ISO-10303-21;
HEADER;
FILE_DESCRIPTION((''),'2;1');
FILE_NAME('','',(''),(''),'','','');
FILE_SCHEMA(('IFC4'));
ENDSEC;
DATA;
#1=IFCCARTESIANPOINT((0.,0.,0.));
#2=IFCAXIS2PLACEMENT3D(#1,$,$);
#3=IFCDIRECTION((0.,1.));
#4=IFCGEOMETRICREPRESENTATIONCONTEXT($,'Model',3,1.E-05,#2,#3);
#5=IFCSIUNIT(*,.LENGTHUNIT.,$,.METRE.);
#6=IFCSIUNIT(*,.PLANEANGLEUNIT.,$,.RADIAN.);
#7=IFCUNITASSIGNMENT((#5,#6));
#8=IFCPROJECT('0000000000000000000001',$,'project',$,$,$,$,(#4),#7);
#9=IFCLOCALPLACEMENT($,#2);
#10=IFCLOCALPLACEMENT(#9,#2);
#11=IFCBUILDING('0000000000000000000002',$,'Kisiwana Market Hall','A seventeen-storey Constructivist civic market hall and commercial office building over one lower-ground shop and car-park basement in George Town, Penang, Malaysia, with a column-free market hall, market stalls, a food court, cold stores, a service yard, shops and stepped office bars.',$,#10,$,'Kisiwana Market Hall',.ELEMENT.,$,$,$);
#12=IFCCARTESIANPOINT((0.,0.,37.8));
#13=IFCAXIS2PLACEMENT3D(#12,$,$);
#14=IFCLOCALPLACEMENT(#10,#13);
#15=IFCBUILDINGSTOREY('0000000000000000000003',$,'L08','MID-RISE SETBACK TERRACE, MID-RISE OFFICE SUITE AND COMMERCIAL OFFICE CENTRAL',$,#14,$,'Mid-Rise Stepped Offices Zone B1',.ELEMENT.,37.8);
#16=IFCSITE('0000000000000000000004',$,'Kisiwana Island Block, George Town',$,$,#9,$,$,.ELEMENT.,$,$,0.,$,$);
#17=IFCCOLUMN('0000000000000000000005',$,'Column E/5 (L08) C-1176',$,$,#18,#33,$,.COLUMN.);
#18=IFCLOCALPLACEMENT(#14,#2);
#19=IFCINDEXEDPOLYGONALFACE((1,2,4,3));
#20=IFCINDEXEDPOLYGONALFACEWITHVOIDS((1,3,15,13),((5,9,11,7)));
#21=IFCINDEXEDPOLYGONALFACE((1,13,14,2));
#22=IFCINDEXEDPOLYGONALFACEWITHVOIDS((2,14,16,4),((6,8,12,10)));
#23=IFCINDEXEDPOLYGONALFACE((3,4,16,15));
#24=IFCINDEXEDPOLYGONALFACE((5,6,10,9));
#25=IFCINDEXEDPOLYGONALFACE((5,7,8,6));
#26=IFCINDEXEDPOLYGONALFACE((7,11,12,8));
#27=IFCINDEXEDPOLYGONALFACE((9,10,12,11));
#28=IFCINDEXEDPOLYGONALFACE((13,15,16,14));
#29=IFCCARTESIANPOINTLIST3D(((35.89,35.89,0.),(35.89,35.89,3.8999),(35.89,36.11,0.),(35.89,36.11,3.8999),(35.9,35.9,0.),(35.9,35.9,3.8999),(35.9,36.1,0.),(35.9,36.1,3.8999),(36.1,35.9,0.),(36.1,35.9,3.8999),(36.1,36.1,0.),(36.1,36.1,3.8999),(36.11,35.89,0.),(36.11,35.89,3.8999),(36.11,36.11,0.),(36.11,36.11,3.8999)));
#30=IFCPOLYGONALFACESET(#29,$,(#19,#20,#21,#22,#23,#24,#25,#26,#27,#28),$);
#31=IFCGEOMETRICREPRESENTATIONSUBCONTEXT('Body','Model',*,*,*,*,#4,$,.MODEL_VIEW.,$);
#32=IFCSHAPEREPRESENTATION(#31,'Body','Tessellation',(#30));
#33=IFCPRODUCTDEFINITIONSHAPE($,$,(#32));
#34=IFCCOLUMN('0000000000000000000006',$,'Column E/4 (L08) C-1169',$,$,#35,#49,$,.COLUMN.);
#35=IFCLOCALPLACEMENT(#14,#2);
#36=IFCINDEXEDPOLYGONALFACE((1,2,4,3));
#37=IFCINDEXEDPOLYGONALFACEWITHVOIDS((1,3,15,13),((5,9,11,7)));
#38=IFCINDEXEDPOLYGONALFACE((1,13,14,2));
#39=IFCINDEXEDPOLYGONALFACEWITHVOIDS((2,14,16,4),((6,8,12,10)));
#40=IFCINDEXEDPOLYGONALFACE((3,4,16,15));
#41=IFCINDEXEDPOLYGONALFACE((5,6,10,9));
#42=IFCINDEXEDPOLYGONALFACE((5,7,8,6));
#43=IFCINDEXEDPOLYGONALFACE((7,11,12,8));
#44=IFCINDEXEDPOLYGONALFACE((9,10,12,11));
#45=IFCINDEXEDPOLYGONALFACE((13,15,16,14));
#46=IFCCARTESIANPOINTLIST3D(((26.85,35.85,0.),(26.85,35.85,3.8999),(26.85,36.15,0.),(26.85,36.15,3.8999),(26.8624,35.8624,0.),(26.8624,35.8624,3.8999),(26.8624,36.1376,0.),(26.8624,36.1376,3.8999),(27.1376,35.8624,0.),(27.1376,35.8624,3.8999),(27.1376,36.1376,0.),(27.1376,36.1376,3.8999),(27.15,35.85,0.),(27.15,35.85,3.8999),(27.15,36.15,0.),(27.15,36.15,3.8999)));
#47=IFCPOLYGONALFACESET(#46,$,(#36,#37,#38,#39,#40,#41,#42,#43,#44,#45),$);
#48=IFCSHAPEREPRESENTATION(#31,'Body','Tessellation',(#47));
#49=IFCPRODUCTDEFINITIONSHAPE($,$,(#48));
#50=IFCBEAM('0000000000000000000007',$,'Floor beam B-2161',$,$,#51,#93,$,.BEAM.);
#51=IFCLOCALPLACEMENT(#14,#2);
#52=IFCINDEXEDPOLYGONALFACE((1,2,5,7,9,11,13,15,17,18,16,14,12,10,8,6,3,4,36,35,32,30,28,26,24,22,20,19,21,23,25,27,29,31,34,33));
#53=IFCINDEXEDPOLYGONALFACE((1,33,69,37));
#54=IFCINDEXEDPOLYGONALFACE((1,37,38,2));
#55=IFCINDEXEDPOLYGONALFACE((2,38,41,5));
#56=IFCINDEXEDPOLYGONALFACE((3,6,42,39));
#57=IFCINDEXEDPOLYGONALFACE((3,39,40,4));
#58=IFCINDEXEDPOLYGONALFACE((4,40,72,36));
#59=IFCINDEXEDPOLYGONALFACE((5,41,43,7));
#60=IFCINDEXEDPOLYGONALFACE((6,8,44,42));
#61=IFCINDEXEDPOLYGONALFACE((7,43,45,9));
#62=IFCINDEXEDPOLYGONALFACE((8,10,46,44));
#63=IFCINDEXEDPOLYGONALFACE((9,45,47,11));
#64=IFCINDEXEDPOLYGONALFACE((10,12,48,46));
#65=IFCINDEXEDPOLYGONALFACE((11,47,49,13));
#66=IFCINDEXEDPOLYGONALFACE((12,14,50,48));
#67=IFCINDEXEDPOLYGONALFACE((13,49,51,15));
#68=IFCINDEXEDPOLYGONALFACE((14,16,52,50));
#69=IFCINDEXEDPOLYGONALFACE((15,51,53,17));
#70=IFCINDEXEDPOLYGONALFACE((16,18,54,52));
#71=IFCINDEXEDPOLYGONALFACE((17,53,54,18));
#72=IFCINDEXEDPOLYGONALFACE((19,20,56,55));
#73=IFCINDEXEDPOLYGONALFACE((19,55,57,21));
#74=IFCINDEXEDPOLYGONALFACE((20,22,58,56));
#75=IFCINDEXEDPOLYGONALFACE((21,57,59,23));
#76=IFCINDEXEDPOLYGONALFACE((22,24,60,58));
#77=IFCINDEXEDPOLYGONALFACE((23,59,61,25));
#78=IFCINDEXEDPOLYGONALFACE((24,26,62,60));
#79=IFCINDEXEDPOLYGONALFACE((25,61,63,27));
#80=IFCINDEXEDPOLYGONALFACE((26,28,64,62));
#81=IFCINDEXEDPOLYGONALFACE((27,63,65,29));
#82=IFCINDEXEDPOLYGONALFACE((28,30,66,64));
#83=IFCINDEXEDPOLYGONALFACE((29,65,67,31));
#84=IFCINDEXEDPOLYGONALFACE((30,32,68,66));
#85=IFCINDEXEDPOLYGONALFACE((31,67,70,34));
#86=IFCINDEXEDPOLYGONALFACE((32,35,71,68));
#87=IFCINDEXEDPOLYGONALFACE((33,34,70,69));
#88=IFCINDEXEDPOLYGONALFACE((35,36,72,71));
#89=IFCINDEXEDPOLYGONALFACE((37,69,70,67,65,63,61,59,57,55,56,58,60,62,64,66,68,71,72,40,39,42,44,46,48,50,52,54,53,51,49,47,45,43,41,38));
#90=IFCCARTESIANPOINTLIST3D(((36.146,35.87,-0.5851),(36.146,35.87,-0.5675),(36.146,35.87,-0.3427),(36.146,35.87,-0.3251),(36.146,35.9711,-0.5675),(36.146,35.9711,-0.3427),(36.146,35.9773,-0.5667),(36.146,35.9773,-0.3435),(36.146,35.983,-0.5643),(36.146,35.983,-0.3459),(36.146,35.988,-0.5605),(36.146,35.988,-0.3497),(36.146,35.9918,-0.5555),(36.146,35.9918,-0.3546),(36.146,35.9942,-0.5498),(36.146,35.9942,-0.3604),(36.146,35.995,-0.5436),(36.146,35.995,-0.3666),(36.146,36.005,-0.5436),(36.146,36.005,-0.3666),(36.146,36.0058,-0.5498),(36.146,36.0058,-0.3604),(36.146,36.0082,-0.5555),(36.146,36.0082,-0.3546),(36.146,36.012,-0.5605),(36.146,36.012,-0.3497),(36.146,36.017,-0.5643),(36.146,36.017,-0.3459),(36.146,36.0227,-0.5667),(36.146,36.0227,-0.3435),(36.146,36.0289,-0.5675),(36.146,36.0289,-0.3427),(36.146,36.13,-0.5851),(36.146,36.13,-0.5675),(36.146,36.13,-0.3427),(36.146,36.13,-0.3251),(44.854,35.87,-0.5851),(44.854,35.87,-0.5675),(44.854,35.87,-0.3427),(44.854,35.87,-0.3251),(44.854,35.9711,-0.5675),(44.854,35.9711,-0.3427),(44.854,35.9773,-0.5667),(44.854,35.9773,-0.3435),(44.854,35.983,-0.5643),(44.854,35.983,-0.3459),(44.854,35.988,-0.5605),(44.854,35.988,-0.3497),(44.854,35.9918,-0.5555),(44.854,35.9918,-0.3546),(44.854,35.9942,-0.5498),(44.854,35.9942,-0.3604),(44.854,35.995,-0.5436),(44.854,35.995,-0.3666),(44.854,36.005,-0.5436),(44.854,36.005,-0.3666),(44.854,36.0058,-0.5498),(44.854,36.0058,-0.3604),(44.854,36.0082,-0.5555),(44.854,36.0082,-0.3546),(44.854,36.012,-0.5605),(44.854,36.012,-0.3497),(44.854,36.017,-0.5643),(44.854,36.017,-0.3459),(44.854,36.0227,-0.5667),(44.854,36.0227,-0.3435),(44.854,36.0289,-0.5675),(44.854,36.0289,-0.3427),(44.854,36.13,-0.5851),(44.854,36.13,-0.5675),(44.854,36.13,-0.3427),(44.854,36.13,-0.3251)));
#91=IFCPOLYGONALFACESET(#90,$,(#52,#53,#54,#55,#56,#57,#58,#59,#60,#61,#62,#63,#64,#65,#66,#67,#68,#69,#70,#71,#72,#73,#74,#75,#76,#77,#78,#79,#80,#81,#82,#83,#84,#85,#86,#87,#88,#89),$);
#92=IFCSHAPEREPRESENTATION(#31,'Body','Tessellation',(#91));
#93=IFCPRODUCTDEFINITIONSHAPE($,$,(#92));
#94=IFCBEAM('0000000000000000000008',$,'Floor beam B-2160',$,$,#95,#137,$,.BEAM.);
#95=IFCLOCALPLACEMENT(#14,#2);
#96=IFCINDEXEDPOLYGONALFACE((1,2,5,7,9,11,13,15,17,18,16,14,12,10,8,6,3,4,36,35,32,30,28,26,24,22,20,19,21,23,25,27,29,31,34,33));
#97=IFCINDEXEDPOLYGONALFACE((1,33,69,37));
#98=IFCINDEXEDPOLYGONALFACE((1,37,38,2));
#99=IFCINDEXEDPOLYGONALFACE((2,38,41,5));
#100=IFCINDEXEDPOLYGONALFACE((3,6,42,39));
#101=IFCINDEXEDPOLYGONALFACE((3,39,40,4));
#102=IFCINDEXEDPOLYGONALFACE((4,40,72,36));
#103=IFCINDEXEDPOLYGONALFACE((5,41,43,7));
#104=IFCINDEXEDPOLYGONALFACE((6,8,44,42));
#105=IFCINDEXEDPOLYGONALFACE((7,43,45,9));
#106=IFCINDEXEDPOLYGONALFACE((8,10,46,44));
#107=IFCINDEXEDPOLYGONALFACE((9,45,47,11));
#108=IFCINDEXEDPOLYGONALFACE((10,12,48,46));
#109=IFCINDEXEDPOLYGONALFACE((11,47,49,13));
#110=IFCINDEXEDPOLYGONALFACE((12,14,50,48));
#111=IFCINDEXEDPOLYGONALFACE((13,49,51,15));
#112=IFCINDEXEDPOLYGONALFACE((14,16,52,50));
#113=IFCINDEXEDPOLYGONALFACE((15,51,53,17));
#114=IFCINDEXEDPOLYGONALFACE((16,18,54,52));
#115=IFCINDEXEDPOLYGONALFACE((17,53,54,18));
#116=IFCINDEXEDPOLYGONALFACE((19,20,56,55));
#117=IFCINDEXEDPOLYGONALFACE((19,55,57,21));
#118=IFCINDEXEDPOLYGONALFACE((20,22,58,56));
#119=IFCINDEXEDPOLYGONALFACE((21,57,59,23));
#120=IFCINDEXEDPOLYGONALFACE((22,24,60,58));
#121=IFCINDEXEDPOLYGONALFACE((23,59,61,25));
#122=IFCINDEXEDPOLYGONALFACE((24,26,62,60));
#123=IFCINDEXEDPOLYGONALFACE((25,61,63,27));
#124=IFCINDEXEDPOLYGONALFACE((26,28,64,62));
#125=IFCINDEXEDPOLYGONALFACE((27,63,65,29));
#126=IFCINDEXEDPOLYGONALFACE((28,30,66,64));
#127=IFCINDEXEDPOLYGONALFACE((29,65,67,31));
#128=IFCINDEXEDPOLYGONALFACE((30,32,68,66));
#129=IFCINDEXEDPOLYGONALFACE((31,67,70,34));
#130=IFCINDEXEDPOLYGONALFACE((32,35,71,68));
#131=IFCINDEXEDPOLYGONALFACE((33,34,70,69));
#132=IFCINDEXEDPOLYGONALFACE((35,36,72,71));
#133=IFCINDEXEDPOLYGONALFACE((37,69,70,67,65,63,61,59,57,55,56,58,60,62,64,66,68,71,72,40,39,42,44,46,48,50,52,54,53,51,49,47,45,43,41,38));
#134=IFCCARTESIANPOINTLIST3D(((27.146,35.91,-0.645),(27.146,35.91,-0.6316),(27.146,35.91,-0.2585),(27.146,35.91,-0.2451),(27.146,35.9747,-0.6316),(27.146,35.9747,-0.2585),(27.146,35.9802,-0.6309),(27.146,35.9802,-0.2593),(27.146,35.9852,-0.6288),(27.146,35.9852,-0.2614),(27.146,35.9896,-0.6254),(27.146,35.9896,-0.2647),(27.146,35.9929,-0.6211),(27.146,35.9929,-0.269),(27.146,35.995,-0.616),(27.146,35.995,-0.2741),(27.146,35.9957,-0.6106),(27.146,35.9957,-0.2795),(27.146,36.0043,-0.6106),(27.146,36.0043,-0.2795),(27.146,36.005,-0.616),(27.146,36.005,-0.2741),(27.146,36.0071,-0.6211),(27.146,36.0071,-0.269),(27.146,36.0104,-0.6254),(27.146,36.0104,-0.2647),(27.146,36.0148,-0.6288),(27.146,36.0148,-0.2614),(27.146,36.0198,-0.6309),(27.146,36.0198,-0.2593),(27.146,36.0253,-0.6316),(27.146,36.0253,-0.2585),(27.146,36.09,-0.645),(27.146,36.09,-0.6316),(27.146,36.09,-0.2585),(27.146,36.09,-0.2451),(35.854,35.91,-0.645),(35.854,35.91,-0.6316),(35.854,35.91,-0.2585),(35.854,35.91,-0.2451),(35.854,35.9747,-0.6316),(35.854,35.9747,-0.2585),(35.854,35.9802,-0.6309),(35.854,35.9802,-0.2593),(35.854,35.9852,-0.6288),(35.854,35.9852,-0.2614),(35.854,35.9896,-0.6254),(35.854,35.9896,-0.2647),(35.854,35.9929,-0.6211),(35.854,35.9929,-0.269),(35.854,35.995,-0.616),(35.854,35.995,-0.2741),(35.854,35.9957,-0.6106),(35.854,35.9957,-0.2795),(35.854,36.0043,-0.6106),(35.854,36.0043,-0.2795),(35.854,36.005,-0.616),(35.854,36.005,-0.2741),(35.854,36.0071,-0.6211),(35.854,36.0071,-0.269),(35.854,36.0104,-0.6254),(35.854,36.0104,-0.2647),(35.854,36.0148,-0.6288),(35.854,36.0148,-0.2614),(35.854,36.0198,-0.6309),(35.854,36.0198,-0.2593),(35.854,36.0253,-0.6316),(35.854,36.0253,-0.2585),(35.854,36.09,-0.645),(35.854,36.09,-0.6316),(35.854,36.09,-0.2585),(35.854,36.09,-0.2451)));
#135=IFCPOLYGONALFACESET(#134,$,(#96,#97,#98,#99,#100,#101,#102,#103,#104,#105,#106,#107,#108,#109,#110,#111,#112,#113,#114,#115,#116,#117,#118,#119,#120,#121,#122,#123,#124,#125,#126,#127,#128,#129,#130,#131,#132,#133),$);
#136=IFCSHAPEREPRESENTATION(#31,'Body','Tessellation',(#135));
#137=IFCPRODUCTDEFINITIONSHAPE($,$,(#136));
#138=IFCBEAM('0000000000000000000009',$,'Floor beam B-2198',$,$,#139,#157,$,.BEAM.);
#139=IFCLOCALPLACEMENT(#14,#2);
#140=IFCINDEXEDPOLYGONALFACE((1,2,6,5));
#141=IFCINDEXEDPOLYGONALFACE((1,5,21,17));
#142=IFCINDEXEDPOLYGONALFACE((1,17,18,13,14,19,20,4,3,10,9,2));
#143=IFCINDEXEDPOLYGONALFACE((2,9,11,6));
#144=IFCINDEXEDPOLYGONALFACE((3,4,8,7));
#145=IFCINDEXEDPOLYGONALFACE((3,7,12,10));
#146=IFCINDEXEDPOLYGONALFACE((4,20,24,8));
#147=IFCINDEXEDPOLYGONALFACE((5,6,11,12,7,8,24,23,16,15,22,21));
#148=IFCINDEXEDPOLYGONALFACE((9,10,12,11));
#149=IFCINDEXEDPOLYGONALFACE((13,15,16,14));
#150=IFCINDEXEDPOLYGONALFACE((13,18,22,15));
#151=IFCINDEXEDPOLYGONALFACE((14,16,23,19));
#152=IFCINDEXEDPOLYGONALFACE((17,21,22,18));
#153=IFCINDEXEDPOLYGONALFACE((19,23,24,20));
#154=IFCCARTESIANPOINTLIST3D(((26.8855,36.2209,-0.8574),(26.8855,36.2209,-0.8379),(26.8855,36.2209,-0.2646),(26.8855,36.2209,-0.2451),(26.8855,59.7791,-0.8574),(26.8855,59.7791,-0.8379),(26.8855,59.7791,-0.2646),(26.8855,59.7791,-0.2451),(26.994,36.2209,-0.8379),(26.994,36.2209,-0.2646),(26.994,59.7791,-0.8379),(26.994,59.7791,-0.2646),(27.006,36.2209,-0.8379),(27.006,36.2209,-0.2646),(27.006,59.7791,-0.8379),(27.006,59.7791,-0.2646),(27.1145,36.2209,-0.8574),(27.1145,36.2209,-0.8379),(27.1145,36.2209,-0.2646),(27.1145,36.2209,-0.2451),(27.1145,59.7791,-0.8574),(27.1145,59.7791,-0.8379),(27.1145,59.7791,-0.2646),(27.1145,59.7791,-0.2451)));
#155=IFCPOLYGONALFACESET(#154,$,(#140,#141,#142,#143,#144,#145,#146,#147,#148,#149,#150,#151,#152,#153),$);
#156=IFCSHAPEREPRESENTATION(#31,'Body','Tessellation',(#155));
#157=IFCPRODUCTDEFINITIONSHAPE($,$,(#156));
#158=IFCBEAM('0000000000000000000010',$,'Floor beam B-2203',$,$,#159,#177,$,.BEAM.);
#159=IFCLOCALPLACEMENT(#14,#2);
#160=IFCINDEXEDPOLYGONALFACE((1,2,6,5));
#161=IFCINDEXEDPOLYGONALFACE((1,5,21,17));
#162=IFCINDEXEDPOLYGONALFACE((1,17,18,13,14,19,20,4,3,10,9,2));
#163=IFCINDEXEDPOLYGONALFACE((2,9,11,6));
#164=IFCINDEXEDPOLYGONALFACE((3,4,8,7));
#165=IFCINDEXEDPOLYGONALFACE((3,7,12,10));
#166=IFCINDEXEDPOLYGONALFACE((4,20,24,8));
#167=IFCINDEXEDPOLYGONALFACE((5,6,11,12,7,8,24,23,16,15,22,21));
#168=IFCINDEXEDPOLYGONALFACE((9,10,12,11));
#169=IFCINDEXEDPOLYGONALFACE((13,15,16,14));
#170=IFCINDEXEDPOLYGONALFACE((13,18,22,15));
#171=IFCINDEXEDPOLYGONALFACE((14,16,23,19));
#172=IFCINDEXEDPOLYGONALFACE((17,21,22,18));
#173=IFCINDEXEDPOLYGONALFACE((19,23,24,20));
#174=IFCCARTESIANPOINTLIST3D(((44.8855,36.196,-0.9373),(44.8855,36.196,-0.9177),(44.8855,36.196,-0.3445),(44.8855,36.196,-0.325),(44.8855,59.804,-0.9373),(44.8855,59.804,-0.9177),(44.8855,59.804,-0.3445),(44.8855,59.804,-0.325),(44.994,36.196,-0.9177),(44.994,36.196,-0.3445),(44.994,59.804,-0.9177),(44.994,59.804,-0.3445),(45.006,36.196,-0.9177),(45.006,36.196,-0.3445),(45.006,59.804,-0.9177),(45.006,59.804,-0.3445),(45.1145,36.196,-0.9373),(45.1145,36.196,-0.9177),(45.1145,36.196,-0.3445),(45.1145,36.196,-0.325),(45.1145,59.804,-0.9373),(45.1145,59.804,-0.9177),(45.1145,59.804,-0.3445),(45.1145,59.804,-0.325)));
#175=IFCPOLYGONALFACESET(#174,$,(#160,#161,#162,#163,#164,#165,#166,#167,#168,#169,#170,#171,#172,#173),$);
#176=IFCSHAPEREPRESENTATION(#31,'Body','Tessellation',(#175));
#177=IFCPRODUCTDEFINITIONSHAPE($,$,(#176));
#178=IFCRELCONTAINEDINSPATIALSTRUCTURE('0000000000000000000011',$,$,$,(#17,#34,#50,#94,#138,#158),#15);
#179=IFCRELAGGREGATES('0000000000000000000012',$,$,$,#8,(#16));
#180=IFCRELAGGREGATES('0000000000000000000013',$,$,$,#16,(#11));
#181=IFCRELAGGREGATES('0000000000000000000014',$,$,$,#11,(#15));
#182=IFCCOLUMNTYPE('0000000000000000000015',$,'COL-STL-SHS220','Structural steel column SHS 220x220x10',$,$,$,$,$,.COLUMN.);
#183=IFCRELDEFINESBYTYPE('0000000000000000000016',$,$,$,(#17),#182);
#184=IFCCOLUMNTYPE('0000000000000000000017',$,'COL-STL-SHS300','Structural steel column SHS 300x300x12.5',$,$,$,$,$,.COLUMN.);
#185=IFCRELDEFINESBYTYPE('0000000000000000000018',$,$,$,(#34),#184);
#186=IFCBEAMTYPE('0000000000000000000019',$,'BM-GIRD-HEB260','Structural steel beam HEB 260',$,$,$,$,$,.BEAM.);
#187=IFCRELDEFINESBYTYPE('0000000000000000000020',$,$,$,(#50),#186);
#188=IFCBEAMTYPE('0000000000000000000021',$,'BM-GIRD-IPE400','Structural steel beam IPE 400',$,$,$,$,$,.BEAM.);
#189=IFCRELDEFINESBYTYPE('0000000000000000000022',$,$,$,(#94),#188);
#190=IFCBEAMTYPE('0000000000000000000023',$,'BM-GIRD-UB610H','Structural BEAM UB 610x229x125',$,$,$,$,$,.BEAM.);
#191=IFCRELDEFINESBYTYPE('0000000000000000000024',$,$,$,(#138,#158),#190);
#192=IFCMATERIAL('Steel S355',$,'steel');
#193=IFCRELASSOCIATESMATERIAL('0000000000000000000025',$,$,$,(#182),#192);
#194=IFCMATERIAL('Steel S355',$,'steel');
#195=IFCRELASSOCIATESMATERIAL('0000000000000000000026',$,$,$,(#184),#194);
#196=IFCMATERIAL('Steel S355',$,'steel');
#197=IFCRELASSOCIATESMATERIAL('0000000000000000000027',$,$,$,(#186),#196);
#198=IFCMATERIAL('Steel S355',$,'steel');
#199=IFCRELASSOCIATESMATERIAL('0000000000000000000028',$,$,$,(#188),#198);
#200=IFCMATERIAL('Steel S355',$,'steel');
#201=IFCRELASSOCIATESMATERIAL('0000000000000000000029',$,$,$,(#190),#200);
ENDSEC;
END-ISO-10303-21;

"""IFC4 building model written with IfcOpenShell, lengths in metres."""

from ifc_helpers import new_model, si_unit, direction, frame, origin, origin_2d, place, context, subcontext, project, spatial, hollow_rectangle, i_section, extrude, material, material_profile, profile_set, type_object, element, save


model = new_model("IFC4")

# Units and contexts
model_context = context("Model", 3, precision=1e-05, world=origin(), true_north=direction((0.0, 1.0)))
body_context = subcontext(model_context, "Body", "Model", "MODEL_VIEW")
ifc_project = project(units=[si_unit("LENGTHUNIT", "METRE"), si_unit("PLANEANGLEUNIT", "RADIAN")], contexts=[model_context])

# Site, building, storey
site_placement = place(None, origin())
site = spatial("IfcSite", under=ifc_project, at=site_placement, Name="Kisiwana Island Block, George Town", CompositionType="ELEMENT", RefElevation=0.0)
building_placement = place(site_placement, origin())
building = spatial("IfcBuilding", under=site, at=building_placement, Name="Kisiwana Market Hall", Description="A seventeen-storey Constructivist civic market hall and commercial office building over one lower-ground shop and car-park basement in George Town, Penang, Malaysia, with a column-free market hall, market stalls, a food court, cold stores, a service yard, shops and stepped office bars.", LongName="Kisiwana Market Hall", CompositionType="ELEMENT")
storey_placement = place(building_placement, frame((0.0, 0.0, 37.8)))
storey = spatial("IfcBuildingStorey", under=building, at=storey_placement, Name="L08", Description="MID-RISE SETBACK TERRACE, MID-RISE OFFICE SUITE AND COMMERCIAL OFFICE CENTRAL", LongName="Mid-Rise Stepped Offices Zone B1", CompositionType="ELEMENT", Elevation=37.8)

# Columns
ifc_material_1 = material(Name="Steel S355", Category="steel")
ifc_material_profile_1 = material_profile(ifc_material_1, hollow_rectangle(XDim=0.22, YDim=0.22, WallThickness=0.01, at=origin_2d()), Name="SHS 220x220x10")
ifc_profile_set_1 = profile_set([ifc_material_profile_1], Name="Steel S355")
column_type_1 = type_object("IfcColumnType", Name="COL-STL-SHS220", Description="Structural steel column SHS 220x220x10", PredefinedType="COLUMN", material=ifc_profile_set_1)
column_1_placement = place(storey_placement, frame((36.0, 36.0, 0.0), z_axis=(0.0, 0.0, 1.0), x_axis=(1.0, 0.0, 0.0)))
element("IfcColumn", 1, at=column_1_placement, inside=storey, type_object=column_type_1, Name="Column E/5 (L08) C-1176", PredefinedType="COLUMN", context=body_context, shape_type="SweptSolid", body=[
    extrude(hollow_rectangle(XDim=0.22, YDim=0.22, WallThickness=0.01, at=origin_2d()), origin(), (0.0, 0.0, 1.0), 3.8999),
])
ifc_material_2 = material(Name="Steel S355", Category="steel")
ifc_material_profile_2 = material_profile(ifc_material_2, hollow_rectangle(XDim=0.3, YDim=0.3, WallThickness=0.0125, at=origin_2d()), Name="SHS 300x300x12.5")
ifc_profile_set_2 = profile_set([ifc_material_profile_2], Name="Steel S355")
column_type_2 = type_object("IfcColumnType", Name="COL-STL-SHS300", Description="Structural steel column SHS 300x300x12.5", PredefinedType="COLUMN", material=ifc_profile_set_2)
column_2_placement = place(storey_placement, frame((27.0, 36.0, 0.0), z_axis=(0.0, 0.0, 1.0), x_axis=(1.0, 0.0, 0.0)))
element("IfcColumn", 2, at=column_2_placement, inside=storey, type_object=column_type_2, Name="Column E/4 (L08) C-1169", PredefinedType="COLUMN", context=body_context, shape_type="SweptSolid", body=[
    extrude(hollow_rectangle(XDim=0.3, YDim=0.3, WallThickness=0.0125, at=origin_2d()), origin(), (0.0, 0.0, 1.0), 3.8999),
])

# Beams
ifc_material_3 = material(Name="Steel S355", Category="steel")
ifc_material_profile_3 = material_profile(ifc_material_3, i_section(OverallWidth=0.26, OverallDepth=0.26, WebThickness=0.01, FlangeThickness=0.0176, FilletRadius=0.0239, at=origin_2d()), Name="HEB 260")
ifc_profile_set_3 = profile_set([ifc_material_profile_3], Name="Steel S355")
beam_type_1 = type_object("IfcBeamType", Name="BM-GIRD-HEB260", Description="Structural steel beam HEB 260", PredefinedType="BEAM", material=ifc_profile_set_3)
beam_1_placement = place(storey_placement, frame((36.146, 36.0, -0.4551), z_axis=(1.0, 0.0, 0.0), x_axis=(0.0, 1.0, 0.0)))
element("IfcBeam", 3, at=beam_1_placement, inside=storey, type_object=beam_type_1, Name="Floor beam B-2161", PredefinedType="BEAM", context=body_context, shape_type="SweptSolid", body=[
    extrude(i_section(OverallWidth=0.26, OverallDepth=0.26, WebThickness=0.01, FlangeThickness=0.0176, FilletRadius=0.0239, at=origin_2d()), origin(), (0.0, 0.0, 1.0), 8.708),
])
ifc_material_4 = material(Name="Steel S355", Category="steel")
ifc_material_profile_4 = material_profile(ifc_material_4, i_section(OverallWidth=0.1799, OverallDepth=0.3999, WebThickness=0.0085, FlangeThickness=0.0134, FilletRadius=0.021, at=origin_2d()), Name="IPE 400")
ifc_profile_set_4 = profile_set([ifc_material_profile_4], Name="Steel S355")
beam_type_2 = type_object("IfcBeamType", Name="BM-GIRD-IPE400", Description="Structural steel beam IPE 400", PredefinedType="BEAM", material=ifc_profile_set_4)
beam_2_placement = place(storey_placement, frame((27.146, 36.0, -0.4451), z_axis=(1.0, 0.0, 0.0), x_axis=(0.0, 1.0, 0.0)))
element("IfcBeam", 4, at=beam_2_placement, inside=storey, type_object=beam_type_2, Name="Floor beam B-2160", PredefinedType="BEAM", context=body_context, shape_type="SweptSolid", body=[
    extrude(i_section(OverallWidth=0.1799, OverallDepth=0.3999, WebThickness=0.0085, FlangeThickness=0.0134, FilletRadius=0.021, at=origin_2d()), origin(), (0.0, 0.0, 1.0), 8.708),
])
ifc_material_5 = material(Name="Steel S355", Category="steel")
ifc_material_profile_5 = material_profile(ifc_material_5, i_section(OverallWidth=0.229, OverallDepth=0.6123, WebThickness=0.012, FlangeThickness=0.0195, at=origin_2d()), Name="UB 610x229x125")
ifc_profile_set_5 = profile_set([ifc_material_profile_5], Name="Steel S355")
beam_type_3 = type_object("IfcBeamType", Name="BM-GIRD-UB610H", Description="Structural BEAM UB 610x229x125", PredefinedType="BEAM", material=ifc_profile_set_5)
beam_3_placement = place(storey_placement, frame((27.0, 36.2209, -0.5513), z_axis=(0.0, 1.0, 0.0), x_axis=(-1.0, 0.0, 0.0)))
element("IfcBeam", 5, at=beam_3_placement, inside=storey, type_object=beam_type_3, Name="Floor beam B-2198", PredefinedType="BEAM", context=body_context, shape_type="SweptSolid", body=[
    extrude(i_section(OverallWidth=0.229, OverallDepth=0.6123, WebThickness=0.012, FlangeThickness=0.0195, at=origin_2d()), origin(), (0.0, 0.0, 1.0), 23.5581),
])
beam_4_placement = place(storey_placement, frame((45.0, 36.196, -0.6311), z_axis=(0.0, 1.0, 0.0), x_axis=(-1.0, 0.0, 0.0)))
element("IfcBeam", 6, at=beam_4_placement, inside=storey, type_object=beam_type_3, Name="Floor beam B-2203", PredefinedType="BEAM", context=body_context, shape_type="SweptSolid", body=[
    extrude(i_section(OverallWidth=0.229, OverallDepth=0.6123, WebThickness=0.012, FlangeThickness=0.0195, at=origin_2d()), origin(), (0.0, 0.0, 1.0), 23.6079),
])

save(model, "model.ifc")
